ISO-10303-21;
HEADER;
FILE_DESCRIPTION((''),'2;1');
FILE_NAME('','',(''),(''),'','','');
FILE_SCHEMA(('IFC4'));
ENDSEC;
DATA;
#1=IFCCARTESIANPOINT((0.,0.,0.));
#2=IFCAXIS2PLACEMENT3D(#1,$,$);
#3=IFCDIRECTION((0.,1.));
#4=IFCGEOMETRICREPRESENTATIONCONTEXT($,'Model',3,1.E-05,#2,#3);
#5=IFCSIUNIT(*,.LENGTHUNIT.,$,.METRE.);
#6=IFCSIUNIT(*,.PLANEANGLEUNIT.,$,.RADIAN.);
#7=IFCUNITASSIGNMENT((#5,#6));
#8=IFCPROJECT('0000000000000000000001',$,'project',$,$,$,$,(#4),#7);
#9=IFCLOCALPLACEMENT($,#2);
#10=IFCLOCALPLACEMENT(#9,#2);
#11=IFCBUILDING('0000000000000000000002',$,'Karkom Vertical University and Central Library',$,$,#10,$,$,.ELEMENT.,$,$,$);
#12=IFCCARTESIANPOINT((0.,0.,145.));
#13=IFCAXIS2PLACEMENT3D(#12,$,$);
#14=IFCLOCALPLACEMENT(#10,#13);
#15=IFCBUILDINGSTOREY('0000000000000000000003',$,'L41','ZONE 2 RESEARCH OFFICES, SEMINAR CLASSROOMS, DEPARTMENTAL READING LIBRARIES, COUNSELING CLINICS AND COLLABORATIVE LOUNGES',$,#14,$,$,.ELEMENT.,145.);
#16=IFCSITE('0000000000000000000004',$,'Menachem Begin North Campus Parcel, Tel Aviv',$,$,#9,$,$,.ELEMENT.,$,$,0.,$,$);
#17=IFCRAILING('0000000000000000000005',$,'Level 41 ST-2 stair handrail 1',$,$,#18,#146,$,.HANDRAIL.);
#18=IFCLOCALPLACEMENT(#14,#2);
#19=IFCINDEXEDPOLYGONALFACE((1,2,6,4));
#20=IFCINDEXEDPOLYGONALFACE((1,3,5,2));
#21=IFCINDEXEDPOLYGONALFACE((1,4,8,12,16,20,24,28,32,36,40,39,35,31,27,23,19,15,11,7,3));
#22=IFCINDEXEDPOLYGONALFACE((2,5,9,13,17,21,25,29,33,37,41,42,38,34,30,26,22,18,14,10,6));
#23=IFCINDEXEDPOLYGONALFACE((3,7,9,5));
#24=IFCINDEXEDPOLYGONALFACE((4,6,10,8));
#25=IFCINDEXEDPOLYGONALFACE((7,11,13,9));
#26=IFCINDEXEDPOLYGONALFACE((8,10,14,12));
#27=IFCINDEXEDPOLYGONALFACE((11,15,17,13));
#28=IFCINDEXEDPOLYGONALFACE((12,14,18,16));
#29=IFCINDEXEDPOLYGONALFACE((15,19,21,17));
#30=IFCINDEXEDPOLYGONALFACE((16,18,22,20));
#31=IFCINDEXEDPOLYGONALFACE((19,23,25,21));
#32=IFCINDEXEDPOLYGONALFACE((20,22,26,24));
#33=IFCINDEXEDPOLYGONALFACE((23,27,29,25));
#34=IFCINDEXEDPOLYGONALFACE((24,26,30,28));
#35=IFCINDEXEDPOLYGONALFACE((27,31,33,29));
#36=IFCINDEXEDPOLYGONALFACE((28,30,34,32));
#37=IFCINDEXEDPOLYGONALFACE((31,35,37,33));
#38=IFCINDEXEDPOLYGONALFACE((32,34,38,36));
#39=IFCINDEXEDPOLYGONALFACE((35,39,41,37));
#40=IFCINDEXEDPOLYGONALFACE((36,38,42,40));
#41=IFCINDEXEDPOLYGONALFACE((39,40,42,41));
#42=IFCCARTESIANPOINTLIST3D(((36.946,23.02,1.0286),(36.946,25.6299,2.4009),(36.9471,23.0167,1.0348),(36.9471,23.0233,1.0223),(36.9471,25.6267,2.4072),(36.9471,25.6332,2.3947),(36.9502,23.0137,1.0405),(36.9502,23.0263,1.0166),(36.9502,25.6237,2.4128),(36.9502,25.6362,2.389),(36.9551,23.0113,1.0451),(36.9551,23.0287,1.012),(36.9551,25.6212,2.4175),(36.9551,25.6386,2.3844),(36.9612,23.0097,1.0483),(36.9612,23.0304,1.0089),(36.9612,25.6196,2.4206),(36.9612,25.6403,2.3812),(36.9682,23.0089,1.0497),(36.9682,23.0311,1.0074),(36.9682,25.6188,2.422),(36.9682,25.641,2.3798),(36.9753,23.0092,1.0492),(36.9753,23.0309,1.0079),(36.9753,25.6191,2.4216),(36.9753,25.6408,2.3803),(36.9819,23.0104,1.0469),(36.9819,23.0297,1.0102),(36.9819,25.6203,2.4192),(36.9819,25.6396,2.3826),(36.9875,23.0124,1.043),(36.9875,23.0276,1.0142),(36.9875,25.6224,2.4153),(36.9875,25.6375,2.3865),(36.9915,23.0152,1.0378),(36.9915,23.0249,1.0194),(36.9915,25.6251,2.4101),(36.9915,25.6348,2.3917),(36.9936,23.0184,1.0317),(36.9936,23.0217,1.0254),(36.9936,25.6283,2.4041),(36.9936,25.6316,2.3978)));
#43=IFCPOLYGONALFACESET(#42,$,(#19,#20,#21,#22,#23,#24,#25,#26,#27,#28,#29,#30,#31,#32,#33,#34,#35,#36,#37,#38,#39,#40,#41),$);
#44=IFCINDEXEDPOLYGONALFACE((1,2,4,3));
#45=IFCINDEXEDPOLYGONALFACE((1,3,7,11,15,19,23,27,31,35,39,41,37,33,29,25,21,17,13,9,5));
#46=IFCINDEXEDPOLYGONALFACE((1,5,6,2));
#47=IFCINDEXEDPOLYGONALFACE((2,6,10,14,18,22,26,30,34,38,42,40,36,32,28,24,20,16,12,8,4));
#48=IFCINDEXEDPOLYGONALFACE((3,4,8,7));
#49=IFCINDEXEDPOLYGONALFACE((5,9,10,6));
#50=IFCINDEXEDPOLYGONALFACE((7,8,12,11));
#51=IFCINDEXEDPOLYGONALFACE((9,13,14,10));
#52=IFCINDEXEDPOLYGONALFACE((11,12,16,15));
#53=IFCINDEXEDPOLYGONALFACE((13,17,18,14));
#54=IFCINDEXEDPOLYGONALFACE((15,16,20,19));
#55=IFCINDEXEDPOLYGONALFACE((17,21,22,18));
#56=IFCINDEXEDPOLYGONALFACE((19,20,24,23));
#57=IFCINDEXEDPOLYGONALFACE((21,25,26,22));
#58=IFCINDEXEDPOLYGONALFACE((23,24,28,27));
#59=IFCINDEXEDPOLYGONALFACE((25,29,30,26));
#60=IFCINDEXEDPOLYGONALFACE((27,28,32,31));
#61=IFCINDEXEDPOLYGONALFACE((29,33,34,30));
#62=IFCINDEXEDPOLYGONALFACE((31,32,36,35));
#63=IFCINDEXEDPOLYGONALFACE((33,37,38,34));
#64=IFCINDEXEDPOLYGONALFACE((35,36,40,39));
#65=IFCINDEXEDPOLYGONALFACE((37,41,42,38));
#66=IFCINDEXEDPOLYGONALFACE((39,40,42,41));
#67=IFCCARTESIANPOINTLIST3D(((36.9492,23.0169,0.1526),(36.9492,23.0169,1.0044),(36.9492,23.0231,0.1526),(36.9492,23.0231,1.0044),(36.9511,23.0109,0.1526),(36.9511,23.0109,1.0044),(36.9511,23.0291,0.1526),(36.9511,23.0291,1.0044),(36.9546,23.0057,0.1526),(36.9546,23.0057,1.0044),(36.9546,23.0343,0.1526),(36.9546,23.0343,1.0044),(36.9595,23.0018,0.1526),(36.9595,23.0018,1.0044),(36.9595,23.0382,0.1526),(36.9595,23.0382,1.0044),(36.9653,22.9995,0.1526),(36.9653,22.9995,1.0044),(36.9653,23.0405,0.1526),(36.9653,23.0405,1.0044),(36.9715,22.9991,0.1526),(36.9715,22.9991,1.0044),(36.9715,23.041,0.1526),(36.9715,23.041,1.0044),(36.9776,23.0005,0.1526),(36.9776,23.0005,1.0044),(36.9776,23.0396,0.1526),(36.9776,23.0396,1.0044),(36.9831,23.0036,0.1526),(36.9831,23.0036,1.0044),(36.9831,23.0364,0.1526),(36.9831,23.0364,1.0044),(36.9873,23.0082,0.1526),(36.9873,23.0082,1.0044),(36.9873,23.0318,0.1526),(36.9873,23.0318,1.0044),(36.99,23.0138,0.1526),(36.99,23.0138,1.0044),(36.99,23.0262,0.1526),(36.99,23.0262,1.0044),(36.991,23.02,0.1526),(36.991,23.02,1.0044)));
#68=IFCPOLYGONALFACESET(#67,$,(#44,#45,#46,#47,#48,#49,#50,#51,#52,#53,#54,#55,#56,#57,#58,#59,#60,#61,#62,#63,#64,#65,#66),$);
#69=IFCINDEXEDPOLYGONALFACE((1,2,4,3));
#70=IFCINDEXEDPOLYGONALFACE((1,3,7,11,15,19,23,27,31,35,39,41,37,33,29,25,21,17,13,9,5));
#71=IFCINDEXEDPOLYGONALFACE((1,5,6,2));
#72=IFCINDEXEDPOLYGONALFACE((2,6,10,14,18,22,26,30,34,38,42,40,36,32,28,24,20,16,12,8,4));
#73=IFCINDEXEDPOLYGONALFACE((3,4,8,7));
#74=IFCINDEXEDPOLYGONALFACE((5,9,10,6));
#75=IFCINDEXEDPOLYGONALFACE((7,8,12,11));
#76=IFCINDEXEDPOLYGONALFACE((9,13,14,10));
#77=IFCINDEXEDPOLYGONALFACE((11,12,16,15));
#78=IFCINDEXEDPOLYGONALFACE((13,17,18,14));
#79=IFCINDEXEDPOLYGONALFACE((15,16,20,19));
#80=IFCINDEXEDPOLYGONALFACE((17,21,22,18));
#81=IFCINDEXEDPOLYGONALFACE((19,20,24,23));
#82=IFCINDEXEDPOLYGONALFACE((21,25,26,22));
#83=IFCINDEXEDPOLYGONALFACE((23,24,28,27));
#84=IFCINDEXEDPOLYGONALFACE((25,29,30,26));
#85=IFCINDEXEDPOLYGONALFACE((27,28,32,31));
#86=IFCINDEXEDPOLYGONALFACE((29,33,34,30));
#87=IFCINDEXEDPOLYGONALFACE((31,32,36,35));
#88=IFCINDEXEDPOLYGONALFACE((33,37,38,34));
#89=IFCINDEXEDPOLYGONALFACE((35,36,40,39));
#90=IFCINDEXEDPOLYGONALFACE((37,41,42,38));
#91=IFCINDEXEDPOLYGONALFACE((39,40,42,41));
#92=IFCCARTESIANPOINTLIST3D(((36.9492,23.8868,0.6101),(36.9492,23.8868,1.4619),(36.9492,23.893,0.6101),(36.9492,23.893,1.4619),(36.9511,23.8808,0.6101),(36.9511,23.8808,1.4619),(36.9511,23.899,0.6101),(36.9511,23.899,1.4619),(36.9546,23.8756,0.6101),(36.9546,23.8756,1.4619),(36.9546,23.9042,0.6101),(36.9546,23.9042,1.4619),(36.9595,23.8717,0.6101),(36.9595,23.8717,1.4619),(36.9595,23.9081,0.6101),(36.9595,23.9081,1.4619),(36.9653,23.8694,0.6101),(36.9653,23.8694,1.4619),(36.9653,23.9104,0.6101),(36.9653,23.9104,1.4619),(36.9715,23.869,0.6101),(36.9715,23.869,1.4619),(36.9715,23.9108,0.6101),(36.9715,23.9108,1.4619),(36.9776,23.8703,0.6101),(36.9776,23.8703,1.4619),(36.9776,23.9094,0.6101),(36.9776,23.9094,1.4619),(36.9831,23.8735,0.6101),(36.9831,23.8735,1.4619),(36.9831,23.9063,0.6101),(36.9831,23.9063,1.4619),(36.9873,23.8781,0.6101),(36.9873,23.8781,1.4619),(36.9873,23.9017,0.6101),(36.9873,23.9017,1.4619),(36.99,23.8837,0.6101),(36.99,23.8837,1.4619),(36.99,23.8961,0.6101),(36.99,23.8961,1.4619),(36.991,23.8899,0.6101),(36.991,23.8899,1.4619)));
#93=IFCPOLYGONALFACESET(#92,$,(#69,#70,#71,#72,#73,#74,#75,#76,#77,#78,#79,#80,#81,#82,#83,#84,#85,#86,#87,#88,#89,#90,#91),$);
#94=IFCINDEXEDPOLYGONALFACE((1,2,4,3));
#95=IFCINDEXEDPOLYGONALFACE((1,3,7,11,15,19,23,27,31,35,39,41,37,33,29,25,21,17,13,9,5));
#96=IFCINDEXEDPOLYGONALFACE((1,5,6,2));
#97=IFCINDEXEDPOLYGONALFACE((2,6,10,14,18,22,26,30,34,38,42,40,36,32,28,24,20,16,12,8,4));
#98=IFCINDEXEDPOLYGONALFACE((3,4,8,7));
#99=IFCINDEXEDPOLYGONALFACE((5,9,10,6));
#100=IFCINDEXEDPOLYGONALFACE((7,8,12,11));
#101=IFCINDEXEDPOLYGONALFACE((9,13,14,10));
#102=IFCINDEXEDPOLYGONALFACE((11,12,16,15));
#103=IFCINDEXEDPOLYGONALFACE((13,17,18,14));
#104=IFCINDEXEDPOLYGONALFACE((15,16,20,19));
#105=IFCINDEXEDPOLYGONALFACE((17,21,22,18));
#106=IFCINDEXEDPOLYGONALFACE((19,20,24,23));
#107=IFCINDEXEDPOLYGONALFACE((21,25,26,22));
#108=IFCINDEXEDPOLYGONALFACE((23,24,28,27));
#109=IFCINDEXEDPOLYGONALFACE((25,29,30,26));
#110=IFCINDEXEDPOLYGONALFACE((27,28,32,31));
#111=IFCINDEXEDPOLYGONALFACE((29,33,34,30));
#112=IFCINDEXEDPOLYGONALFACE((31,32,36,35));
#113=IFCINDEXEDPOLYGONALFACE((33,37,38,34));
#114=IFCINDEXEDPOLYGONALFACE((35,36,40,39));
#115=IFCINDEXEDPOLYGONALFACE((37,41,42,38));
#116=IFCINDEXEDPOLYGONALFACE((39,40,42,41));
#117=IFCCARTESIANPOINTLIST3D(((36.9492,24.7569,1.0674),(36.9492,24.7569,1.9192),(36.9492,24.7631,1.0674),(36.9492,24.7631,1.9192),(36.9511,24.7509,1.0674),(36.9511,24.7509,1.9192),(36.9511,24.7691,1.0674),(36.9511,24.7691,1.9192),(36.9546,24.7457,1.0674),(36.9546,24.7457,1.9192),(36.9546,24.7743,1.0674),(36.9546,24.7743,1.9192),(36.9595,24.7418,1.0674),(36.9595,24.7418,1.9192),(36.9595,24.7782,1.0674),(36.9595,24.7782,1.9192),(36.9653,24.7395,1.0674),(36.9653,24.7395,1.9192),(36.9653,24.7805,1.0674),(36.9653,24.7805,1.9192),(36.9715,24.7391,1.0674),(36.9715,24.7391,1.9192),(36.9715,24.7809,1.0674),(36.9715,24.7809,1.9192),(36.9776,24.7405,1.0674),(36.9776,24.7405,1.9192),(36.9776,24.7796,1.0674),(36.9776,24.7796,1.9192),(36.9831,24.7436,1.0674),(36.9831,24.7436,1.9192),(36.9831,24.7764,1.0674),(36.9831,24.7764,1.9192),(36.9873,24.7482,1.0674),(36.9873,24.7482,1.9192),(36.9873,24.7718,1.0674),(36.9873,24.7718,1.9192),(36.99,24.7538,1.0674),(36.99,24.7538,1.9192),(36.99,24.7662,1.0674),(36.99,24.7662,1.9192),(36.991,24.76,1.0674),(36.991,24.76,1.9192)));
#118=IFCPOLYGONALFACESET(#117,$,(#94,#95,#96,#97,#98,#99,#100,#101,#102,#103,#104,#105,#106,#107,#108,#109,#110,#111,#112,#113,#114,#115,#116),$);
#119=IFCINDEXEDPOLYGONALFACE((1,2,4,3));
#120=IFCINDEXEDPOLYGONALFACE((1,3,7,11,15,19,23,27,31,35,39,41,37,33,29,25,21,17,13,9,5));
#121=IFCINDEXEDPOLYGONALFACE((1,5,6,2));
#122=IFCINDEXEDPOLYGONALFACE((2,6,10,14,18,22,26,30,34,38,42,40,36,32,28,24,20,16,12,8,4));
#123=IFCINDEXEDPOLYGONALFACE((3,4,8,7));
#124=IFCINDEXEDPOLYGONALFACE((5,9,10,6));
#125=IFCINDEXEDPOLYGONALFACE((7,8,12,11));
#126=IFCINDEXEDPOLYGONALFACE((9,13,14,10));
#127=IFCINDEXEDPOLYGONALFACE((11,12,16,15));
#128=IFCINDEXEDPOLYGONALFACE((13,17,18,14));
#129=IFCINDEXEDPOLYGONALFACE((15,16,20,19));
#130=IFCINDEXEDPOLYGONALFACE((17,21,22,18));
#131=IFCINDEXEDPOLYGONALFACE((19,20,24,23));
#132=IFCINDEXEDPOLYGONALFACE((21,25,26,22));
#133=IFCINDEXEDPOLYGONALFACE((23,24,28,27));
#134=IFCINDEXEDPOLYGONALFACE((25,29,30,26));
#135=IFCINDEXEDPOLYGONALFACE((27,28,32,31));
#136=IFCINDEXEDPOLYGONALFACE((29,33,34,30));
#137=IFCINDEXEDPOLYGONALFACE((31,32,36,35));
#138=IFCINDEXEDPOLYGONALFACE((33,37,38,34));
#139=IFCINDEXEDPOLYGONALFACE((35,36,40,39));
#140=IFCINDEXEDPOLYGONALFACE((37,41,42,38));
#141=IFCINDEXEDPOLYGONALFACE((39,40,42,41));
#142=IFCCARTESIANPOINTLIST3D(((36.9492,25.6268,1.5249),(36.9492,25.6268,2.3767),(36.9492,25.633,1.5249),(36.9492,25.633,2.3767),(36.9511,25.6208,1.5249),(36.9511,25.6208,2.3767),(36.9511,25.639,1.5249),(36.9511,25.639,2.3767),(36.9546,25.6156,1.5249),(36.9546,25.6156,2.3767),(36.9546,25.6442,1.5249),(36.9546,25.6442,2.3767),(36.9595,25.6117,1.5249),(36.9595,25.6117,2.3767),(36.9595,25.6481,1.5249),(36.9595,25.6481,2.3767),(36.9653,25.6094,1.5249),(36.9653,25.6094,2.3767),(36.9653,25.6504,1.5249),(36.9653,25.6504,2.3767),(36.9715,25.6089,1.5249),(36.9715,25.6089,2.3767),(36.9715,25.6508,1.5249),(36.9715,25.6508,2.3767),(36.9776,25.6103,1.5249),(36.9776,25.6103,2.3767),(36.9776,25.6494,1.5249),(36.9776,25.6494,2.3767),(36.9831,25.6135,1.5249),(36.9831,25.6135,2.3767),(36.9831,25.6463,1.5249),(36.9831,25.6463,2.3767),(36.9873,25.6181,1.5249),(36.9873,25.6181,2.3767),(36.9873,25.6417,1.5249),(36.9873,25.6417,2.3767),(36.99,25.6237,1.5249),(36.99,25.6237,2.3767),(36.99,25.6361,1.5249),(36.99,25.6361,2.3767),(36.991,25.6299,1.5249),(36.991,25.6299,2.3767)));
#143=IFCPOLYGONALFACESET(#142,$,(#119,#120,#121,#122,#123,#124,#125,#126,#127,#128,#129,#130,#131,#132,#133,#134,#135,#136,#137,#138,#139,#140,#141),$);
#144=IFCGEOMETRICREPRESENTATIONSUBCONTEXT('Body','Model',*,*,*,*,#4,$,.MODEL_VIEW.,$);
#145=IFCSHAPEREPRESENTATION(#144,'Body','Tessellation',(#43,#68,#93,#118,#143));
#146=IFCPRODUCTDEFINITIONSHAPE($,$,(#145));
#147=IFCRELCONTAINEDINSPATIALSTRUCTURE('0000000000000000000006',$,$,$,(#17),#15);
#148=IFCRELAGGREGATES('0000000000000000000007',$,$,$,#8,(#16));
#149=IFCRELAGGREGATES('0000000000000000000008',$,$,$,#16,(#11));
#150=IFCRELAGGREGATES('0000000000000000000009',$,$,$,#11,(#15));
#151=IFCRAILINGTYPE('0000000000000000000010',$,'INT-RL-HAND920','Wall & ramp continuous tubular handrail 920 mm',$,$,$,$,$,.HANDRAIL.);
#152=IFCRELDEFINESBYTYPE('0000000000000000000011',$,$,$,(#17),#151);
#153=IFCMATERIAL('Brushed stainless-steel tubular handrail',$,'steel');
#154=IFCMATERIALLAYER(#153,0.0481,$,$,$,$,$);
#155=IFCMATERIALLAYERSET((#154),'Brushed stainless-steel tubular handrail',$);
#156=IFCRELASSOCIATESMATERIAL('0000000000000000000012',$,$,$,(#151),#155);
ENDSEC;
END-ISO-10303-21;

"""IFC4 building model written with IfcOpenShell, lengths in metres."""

from ifc_helpers import new_model, si_unit, direction, frame, origin, origin_2d, place, context, subcontext, project, spatial, circle, extrude, material, layer, layer_set, type_object, element, save


model = new_model("IFC4")

# Units and contexts
model_context = context("Model", 3, precision=1e-05, world=origin(), true_north=direction((0.0, 1.0)))
body_context = subcontext(model_context, "Body", "Model", "MODEL_VIEW")
ifc_project = project(units=[si_unit("LENGTHUNIT", "METRE"), si_unit("PLANEANGLEUNIT", "RADIAN")], contexts=[model_context])

# Site, building, storey
site_placement = place(None, origin())
site = spatial("IfcSite", under=ifc_project, at=site_placement, Name="Menachem Begin North Campus Parcel, Tel Aviv", CompositionType="ELEMENT", RefElevation=0.0)
building_placement = place(site_placement, origin())
building = spatial("IfcBuilding", under=site, at=building_placement, Name="Karkom Vertical University and Central Library", CompositionType="ELEMENT")
storey_placement = place(building_placement, frame((0.0, 0.0, 145.0)))
storey = spatial("IfcBuildingStorey", under=building, at=storey_placement, Name="L41", Description="ZONE 2 RESEARCH OFFICES, SEMINAR CLASSROOMS, DEPARTMENTAL READING LIBRARIES, COUNSELING CLINICS AND COLLABORATIVE LOUNGES", CompositionType="ELEMENT", Elevation=145.0)

# Railing
ifc_material_1 = material(Name="Brushed stainless-steel tubular handrail", Category="steel")
ifc_layer_1 = layer(ifc_material_1, 0.0481)
ifc_layer_set_1 = layer_set([ifc_layer_1], Name="Brushed stainless-steel tubular handrail")
railing_type_1 = type_object("IfcRailingType", Name="INT-RL-HAND920", Description="Wall & ramp continuous tubular handrail 920 mm", PredefinedType="HANDRAIL", material=ifc_layer_set_1)
railing_1_placement = place(storey_placement, frame((36.97, 23.02, 0.1526)))
element("IfcRailing", 1, at=railing_1_placement, inside=storey, type_object=railing_type_1, Name="Level 41 ST-2 stair handrail 1", PredefinedType="HANDRAIL", context=body_context, shape_type="SweptSolid", body=[
    extrude(circle(Radius=0.0239, at=origin_2d()), frame((0.0, 0.0, 0.876), z_axis=(0.0, 0.8851, 0.465402), x_axis=(-1.0, 0.0, 0.0)), (0.0, 0.0, 1.0), 2.9487),
    extrude(circle(Radius=0.021, at=origin_2d()), origin(), (0.0, 0.0, 1.0), 0.8518),
    extrude(circle(Radius=0.021, at=origin_2d()), frame((0.0, 0.8699, 0.4575)), (0.0, 0.0, 1.0), 0.8518),
    extrude(circle(Radius=0.021, at=origin_2d()), frame((0.0, 1.74, 0.9148)), (0.0, 0.0, 1.0), 0.8518),
    extrude(circle(Radius=0.021, at=origin_2d()), frame((0.0, 2.6099, 1.3723)), (0.0, 0.0, 1.0), 0.8518),
])

save(model, "model.ifc")
